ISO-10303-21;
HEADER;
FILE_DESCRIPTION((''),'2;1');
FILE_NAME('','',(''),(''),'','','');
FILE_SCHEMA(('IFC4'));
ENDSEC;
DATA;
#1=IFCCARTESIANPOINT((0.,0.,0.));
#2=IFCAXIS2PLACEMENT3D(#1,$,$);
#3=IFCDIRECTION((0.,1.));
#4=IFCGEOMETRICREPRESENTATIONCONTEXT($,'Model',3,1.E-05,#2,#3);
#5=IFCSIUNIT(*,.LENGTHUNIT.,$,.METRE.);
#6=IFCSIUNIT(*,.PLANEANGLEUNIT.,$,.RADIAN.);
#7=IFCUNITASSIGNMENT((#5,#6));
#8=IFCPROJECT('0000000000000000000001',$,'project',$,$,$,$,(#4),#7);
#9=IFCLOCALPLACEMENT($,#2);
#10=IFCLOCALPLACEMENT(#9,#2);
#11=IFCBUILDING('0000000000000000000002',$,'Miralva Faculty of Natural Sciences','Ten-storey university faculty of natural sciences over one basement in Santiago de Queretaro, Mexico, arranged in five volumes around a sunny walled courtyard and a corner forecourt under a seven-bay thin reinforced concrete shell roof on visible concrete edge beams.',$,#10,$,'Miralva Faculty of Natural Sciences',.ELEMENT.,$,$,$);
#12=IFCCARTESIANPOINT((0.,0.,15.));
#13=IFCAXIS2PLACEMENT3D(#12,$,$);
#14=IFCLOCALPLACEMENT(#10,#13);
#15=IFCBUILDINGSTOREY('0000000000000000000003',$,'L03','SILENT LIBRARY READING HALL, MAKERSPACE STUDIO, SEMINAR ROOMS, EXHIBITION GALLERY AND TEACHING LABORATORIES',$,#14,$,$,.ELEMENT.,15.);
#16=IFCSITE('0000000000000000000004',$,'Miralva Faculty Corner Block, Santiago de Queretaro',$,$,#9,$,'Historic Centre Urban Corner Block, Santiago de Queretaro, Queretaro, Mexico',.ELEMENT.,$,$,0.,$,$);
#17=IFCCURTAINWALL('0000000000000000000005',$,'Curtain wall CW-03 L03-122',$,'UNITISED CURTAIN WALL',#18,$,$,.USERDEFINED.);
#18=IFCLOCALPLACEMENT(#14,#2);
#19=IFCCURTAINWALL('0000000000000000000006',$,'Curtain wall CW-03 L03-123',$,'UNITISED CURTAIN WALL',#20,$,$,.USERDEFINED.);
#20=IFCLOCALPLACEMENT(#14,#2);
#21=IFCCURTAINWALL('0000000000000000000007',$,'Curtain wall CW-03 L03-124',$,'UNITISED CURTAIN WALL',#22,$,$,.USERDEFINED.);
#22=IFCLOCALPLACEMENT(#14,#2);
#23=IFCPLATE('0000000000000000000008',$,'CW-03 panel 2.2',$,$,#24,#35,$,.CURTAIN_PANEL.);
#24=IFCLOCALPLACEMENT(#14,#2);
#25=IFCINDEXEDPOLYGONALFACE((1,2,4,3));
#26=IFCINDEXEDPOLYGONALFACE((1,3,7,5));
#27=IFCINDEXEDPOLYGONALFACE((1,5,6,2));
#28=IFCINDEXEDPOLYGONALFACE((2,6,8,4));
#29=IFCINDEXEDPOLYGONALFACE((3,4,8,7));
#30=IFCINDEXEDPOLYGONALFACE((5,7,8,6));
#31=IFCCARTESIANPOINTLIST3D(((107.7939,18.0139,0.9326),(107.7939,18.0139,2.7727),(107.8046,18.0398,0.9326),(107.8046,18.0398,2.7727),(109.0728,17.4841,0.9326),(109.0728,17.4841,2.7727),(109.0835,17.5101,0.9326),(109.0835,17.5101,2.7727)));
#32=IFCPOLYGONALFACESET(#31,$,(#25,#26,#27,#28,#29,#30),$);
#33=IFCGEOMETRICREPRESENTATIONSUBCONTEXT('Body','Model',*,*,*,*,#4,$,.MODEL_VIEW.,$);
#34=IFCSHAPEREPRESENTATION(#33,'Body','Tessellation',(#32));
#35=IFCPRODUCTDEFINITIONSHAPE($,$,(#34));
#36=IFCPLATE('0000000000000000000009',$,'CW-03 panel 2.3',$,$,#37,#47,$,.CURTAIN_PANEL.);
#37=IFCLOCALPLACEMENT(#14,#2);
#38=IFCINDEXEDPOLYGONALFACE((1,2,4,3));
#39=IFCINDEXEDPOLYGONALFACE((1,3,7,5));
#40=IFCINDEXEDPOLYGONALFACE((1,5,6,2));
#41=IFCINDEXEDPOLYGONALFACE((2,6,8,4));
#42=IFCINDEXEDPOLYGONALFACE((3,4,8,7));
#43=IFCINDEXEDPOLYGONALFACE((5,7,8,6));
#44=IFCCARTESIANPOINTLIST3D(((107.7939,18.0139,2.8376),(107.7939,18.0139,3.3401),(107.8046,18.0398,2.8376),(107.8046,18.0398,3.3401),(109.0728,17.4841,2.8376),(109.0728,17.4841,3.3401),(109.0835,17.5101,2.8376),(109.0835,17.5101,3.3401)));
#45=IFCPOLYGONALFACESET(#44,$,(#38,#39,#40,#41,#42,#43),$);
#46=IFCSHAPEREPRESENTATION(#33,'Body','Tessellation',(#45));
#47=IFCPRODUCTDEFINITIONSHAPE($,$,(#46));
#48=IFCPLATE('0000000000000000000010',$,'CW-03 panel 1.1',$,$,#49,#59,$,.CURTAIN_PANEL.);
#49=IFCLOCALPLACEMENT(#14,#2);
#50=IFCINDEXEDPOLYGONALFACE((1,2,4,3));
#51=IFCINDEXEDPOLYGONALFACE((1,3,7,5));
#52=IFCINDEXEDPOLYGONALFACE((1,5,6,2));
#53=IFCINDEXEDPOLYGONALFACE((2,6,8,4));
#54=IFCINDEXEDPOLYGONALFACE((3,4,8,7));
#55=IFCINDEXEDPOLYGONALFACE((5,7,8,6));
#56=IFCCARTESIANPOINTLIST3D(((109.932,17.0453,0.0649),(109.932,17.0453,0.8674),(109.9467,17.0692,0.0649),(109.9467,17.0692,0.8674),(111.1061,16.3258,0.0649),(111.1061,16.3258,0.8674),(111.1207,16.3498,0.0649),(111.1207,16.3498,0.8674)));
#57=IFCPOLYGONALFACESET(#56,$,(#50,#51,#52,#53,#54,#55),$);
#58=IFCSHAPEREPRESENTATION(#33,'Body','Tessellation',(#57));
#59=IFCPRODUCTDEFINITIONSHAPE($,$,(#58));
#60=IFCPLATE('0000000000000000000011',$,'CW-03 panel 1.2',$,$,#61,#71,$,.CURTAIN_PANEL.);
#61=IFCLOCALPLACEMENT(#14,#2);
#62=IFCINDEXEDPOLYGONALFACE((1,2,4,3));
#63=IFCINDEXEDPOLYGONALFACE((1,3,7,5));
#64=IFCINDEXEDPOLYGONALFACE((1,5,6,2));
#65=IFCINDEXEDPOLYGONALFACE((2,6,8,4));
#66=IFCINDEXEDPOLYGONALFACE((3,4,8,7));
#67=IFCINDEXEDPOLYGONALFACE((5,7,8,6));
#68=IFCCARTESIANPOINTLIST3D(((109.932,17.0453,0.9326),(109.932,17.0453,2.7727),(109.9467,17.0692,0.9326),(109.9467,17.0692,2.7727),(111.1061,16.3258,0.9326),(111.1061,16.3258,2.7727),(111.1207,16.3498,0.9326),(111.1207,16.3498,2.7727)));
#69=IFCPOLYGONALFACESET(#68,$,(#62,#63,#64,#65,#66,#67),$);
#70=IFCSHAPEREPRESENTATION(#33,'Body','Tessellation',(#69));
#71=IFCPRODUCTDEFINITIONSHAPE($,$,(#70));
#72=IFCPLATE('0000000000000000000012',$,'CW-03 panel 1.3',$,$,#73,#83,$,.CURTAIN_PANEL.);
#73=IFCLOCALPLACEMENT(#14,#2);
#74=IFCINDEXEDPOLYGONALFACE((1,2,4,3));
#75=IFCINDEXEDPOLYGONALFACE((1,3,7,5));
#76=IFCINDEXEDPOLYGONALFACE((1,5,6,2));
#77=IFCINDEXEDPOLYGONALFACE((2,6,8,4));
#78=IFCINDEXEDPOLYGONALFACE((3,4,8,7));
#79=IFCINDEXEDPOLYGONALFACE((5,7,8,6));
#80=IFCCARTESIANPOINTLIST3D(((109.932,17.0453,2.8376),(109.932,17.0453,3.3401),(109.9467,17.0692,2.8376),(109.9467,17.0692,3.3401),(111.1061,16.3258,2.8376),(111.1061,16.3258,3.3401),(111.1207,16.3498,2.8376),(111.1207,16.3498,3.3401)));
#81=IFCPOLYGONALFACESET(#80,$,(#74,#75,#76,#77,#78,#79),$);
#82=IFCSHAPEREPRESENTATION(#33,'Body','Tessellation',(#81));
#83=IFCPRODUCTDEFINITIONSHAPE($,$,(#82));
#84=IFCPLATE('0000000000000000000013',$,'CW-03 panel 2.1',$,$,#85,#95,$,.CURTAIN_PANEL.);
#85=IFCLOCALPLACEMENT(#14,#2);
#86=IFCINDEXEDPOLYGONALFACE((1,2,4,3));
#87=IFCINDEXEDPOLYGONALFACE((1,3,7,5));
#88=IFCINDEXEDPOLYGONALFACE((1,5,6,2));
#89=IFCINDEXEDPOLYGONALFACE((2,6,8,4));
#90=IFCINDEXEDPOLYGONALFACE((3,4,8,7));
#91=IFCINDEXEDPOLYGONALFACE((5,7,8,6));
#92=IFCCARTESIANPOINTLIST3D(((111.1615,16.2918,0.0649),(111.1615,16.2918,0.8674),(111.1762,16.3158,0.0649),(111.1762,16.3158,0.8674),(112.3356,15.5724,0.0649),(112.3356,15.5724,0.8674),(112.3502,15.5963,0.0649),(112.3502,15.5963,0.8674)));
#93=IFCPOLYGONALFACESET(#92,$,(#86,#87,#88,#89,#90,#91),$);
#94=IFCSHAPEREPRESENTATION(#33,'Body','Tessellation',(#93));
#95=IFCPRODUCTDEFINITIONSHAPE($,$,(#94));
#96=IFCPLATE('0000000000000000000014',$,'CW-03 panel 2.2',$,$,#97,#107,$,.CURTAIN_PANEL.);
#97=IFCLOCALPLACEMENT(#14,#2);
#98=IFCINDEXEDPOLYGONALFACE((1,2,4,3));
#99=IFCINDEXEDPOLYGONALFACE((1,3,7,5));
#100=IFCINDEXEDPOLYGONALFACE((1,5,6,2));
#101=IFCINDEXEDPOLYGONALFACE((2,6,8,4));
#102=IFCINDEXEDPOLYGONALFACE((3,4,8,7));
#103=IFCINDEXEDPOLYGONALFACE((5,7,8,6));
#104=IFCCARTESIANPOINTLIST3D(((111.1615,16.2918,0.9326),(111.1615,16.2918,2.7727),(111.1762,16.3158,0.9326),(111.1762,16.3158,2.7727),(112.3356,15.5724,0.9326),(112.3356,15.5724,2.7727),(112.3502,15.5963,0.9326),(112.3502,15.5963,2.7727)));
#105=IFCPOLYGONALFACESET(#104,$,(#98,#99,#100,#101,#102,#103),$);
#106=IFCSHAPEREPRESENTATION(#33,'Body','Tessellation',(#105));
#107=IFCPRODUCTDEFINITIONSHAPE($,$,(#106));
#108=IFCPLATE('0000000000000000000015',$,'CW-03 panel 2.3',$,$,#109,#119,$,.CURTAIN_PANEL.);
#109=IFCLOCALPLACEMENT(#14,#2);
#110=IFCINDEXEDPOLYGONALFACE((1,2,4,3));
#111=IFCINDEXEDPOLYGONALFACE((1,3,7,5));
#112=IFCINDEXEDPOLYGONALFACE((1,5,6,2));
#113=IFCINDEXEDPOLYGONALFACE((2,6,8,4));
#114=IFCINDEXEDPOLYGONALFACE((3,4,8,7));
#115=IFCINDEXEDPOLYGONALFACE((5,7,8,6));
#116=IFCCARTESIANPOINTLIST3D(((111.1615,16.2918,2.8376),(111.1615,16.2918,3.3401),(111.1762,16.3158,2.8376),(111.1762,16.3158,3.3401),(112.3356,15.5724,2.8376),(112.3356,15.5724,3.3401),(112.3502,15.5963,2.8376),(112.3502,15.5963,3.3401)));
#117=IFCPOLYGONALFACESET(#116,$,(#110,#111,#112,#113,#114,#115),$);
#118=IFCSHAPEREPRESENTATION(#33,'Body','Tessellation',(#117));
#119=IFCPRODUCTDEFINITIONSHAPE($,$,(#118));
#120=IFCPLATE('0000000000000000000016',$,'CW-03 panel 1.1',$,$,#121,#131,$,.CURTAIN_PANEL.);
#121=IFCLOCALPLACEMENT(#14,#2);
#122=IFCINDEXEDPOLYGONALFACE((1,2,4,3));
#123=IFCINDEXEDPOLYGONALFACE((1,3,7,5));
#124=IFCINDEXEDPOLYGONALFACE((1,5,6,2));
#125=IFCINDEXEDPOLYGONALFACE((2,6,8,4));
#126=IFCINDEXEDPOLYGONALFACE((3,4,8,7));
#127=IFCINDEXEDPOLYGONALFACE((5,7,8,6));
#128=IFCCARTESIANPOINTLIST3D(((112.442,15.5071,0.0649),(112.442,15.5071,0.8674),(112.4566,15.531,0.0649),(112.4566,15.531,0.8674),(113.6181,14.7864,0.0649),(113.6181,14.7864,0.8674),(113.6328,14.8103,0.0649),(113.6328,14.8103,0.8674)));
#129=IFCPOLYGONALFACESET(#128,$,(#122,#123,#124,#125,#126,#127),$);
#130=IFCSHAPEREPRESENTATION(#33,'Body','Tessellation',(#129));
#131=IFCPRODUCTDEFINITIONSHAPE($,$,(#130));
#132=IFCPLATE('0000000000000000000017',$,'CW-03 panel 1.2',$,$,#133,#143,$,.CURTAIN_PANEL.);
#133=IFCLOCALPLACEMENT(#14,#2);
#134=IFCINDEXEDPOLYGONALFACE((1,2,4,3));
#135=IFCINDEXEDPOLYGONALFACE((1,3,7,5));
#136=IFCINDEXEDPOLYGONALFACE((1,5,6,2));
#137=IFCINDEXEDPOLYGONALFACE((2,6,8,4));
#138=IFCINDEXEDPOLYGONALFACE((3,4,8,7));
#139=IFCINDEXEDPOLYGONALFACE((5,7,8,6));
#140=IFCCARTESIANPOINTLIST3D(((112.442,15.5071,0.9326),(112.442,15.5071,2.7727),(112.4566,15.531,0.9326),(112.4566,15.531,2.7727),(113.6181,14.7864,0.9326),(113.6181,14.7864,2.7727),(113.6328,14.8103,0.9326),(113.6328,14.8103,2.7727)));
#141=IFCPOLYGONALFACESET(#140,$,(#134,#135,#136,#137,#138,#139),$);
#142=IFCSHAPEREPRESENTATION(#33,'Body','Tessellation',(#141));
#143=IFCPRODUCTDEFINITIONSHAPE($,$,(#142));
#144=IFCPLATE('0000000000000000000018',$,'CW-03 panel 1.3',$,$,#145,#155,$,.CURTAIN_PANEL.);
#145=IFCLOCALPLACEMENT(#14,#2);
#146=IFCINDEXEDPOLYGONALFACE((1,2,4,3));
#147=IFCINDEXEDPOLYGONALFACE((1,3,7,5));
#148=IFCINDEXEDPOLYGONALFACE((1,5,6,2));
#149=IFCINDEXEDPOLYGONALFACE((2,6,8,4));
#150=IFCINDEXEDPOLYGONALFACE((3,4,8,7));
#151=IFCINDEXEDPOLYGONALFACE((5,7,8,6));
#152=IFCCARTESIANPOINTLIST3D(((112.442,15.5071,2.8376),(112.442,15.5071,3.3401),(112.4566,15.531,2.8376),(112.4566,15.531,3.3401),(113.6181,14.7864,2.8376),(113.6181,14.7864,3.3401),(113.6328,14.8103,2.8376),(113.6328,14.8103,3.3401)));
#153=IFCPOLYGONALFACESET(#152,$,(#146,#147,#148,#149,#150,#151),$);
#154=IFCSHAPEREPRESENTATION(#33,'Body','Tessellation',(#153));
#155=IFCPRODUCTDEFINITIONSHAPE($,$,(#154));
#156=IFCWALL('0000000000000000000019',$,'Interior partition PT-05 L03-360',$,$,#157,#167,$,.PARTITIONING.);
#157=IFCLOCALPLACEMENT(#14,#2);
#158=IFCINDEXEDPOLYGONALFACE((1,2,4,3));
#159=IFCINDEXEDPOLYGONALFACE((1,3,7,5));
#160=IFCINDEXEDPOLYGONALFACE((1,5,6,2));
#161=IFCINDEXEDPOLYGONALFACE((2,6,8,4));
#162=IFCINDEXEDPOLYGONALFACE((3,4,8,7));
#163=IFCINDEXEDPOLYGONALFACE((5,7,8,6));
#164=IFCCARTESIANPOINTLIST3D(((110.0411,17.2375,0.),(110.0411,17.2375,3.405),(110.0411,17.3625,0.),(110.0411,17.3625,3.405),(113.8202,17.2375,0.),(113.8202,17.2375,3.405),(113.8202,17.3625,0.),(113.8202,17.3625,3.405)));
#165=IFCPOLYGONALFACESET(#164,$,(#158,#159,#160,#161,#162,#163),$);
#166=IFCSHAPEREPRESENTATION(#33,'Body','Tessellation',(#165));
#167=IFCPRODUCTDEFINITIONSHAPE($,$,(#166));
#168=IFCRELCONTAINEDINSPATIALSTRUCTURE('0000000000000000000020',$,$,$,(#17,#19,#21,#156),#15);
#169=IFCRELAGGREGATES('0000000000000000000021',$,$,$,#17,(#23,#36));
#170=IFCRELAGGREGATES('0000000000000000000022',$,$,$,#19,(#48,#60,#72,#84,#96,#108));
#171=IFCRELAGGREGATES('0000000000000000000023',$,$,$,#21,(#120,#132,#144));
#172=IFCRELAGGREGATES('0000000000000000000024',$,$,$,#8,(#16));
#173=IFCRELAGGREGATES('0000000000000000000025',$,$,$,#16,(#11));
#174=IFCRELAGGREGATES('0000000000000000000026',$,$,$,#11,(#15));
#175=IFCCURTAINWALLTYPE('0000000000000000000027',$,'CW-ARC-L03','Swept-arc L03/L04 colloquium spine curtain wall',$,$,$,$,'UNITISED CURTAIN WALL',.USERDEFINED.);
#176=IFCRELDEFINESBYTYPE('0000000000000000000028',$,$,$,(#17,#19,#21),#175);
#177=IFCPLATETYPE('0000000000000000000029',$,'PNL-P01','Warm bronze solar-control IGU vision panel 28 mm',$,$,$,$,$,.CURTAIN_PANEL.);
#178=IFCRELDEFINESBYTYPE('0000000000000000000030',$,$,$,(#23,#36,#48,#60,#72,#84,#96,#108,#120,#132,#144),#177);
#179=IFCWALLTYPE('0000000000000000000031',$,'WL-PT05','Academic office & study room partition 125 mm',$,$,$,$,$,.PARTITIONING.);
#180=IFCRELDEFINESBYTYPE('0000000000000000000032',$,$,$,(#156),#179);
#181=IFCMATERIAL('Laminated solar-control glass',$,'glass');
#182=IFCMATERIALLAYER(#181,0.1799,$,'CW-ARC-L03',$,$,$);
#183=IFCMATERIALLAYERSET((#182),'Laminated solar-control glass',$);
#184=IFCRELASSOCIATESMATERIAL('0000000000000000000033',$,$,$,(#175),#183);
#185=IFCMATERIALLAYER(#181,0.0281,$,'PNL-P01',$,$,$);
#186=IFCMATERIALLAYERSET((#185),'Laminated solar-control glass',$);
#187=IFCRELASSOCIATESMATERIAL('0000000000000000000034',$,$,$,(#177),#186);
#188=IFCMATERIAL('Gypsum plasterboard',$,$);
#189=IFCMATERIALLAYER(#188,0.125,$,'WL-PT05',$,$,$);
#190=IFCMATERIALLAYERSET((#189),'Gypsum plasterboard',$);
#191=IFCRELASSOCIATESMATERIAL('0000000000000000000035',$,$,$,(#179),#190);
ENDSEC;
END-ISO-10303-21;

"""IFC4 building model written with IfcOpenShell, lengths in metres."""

from ifc_helpers import new_model, si_unit, direction, frame, frame_2d, origin, origin_2d, place, context, subcontext, project, spatial, rectangle, extrude, material, layer, layer_set, type_object, element, aggregate, save


model = new_model("IFC4")

# Units and contexts
model_context = context("Model", 3, precision=1e-05, world=origin(), true_north=direction((0.0, 1.0)))
body_context = subcontext(model_context, "Body", "Model", "MODEL_VIEW")
ifc_project = project(units=[si_unit("LENGTHUNIT", "METRE"), si_unit("PLANEANGLEUNIT", "RADIAN")], contexts=[model_context])

# Site, building, storey
site_placement = place(None, origin())
site = spatial("IfcSite", under=ifc_project, at=site_placement, Name="Miralva Faculty Corner Block, Santiago de Queretaro", LongName="Historic Centre Urban Corner Block, Santiago de Queretaro, Queretaro, Mexico", CompositionType="ELEMENT", RefElevation=0.0)
building_placement = place(site_placement, origin())
building = spatial("IfcBuilding", under=site, at=building_placement, Name="Miralva Faculty of Natural Sciences", Description="Ten-storey university faculty of natural sciences over one basement in Santiago de Queretaro, Mexico, arranged in five volumes around a sunny walled courtyard and a corner forecourt under a seven-bay thin reinforced concrete shell roof on visible concrete edge beams.", LongName="Miralva Faculty of Natural Sciences", CompositionType="ELEMENT")
storey_placement = place(building_placement, frame((0.0, 0.0, 15.0)))
storey = spatial("IfcBuildingStorey", under=building, at=storey_placement, Name="L03", Description="SILENT LIBRARY READING HALL, MAKERSPACE STUDIO, SEMINAR ROOMS, EXHIBITION GALLERY AND TEACHING LABORATORIES", CompositionType="ELEMENT", Elevation=15.0)

# Curtain wall
ifc_material_1 = material(Name="Laminated solar-control glass", Category="glass")
ifc_layer_1 = layer(ifc_material_1, 0.1799, Name="CW-ARC-L03")
ifc_layer_set_1 = layer_set([ifc_layer_1], Name="Laminated solar-control glass")
curtain_wall_type = type_object("IfcCurtainWallType", Name="CW-ARC-L03", Description="Swept-arc L03/L04 colloquium spine curtain wall", ElementType="UNITISED CURTAIN WALL", PredefinedType="USERDEFINED", material=ifc_layer_set_1)
curtain_wall_1_placement = place(storey_placement, origin())
curtain_wall_1 = element("IfcCurtainWall", 1, at=curtain_wall_1_placement, inside=storey, type_object=curtain_wall_type, Name="Curtain wall CW-03 L03-122", ObjectType="UNITISED CURTAIN WALL", PredefinedType="USERDEFINED")

# Curtain walls
curtain_wall_2_placement = place(storey_placement, origin())
curtain_wall_2 = element("IfcCurtainWall", 2, at=curtain_wall_2_placement, inside=storey, type_object=curtain_wall_type, Name="Curtain wall CW-03 L03-123", ObjectType="UNITISED CURTAIN WALL", PredefinedType="USERDEFINED")
curtain_wall_3_placement = place(storey_placement, origin())
curtain_wall_3 = element("IfcCurtainWall", 3, at=curtain_wall_3_placement, inside=storey, type_object=curtain_wall_type, Name="Curtain wall CW-03 L03-124", ObjectType="UNITISED CURTAIN WALL", PredefinedType="USERDEFINED")

# Plates
ifc_layer_2 = layer(ifc_material_1, 0.0281, Name="PNL-P01")
ifc_layer_set_2 = layer_set([ifc_layer_2], Name="Laminated solar-control glass")
plate_type = type_object("IfcPlateType", Name="PNL-P01", Description="Warm bronze solar-control IGU vision panel 28 mm", PredefinedType="CURTAIN_PANEL", material=ifc_layer_set_2)
plate_1_placement = place(storey_placement, frame((108.4387, 17.762, 0.9326), z_axis=(0.0, 0.0, 1.0), x_axis=(0.923875, -0.382695, 0.0)))
plate_1 = element("IfcPlate", 4, at=plate_1_placement, type_object=plate_type, Name="CW-03 panel 2.2", PredefinedType="CURTAIN_PANEL", context=body_context, shape_type="SweptSolid", body=[
    extrude(rectangle(XDim=1.3843, YDim=0.0281, at=origin_2d()), origin(), (0.0, 0.0, 1.0), 1.8401),
])
plate_2_placement = place(storey_placement, frame((108.4387, 17.762, 2.8376), z_axis=(0.0, 0.0, 1.0), x_axis=(0.923875, -0.382695, 0.0)))
plate_2 = element("IfcPlate", 5, at=plate_2_placement, type_object=plate_type, Name="CW-03 panel 2.3", PredefinedType="CURTAIN_PANEL", context=body_context, shape_type="SweptSolid", body=[
    extrude(rectangle(XDim=1.3843, YDim=0.0281, at=origin_2d()), origin(), (0.0, 0.0, 1.0), 0.5024),
])
aggregate(curtain_wall_1, [plate_1, plate_2])
plate_3_placement = place(storey_placement, frame((110.5264, 16.6975, 0.0649), z_axis=(0.0, 0.0, 1.0), x_axis=(0.85265, -0.522483, 0.0)))
plate_3 = element("IfcPlate", 6, at=plate_3_placement, type_object=plate_type, Name="CW-03 panel 1.1", PredefinedType="CURTAIN_PANEL", context=body_context, shape_type="SweptSolid", body=[
    extrude(rectangle(XDim=1.377, YDim=0.0281, at=origin_2d()), origin(), (0.0, 0.0, 1.0), 0.8025),
])
plate_4_placement = place(storey_placement, frame((110.5264, 16.6975, 0.9326), z_axis=(0.0, 0.0, 1.0), x_axis=(0.85265, -0.522483, 0.0)))
plate_4 = element("IfcPlate", 7, at=plate_4_placement, type_object=plate_type, Name="CW-03 panel 1.2", PredefinedType="CURTAIN_PANEL", context=body_context, shape_type="SweptSolid", body=[
    extrude(rectangle(XDim=1.377, YDim=0.0281, at=origin_2d()), origin(), (0.0, 0.0, 1.0), 1.8401),
])
plate_5_placement = place(storey_placement, frame((110.5264, 16.6975, 2.8376), z_axis=(0.0, 0.0, 1.0), x_axis=(0.85265, -0.522483, 0.0)))
plate_5 = element("IfcPlate", 8, at=plate_5_placement, type_object=plate_type, Name="CW-03 panel 1.3", PredefinedType="CURTAIN_PANEL", context=body_context, shape_type="SweptSolid", body=[
    extrude(rectangle(XDim=1.377, YDim=0.0281, at=origin_2d()), origin(), (0.0, 0.0, 1.0), 0.5024),
])
plate_6_placement = place(storey_placement, frame((111.7559, 15.9441, 0.0649), z_axis=(0.0, 0.0, 1.0), x_axis=(0.85265, -0.522483, 0.0)))
plate_6 = element("IfcPlate", 9, at=plate_6_placement, type_object=plate_type, Name="CW-03 panel 2.1", PredefinedType="CURTAIN_PANEL", context=body_context, shape_type="SweptSolid", body=[
    extrude(rectangle(XDim=1.377, YDim=0.0281, at=origin_2d()), origin(), (0.0, 0.0, 1.0), 0.8025),
])
plate_7_placement = place(storey_placement, frame((111.7559, 15.9441, 0.9326), z_axis=(0.0, 0.0, 1.0), x_axis=(0.85265, -0.522483, 0.0)))
plate_7 = element("IfcPlate", 10, at=plate_7_placement, type_object=plate_type, Name="CW-03 panel 2.2", PredefinedType="CURTAIN_PANEL", context=body_context, shape_type="SweptSolid", body=[
    extrude(rectangle(XDim=1.377, YDim=0.0281, at=origin_2d()), origin(), (0.0, 0.0, 1.0), 1.8401),
])
plate_8_placement = place(storey_placement, frame((111.7559, 15.9441, 2.8376), z_axis=(0.0, 0.0, 1.0), x_axis=(0.85265, -0.522483, 0.0)))
plate_8 = element("IfcPlate", 11, at=plate_8_placement, type_object=plate_type, Name="CW-03 panel 2.3", PredefinedType="CURTAIN_PANEL", context=body_context, shape_type="SweptSolid", body=[
    extrude(rectangle(XDim=1.377, YDim=0.0281, at=origin_2d()), origin(), (0.0, 0.0, 1.0), 0.5024),
])
aggregate(curtain_wall_2, [plate_3, plate_4, plate_5, plate_6, plate_7, plate_8])
plate_9_placement = place(storey_placement, frame((113.0374, 15.1587, 0.0649), z_axis=(0.0, 0.0, 1.0), x_axis=(0.852646, -0.522489, 0.0)))
plate_9 = element("IfcPlate", 12, at=plate_9_placement, type_object=plate_type, Name="CW-03 panel 1.1", PredefinedType="CURTAIN_PANEL", context=body_context, shape_type="SweptSolid", body=[
    extrude(rectangle(XDim=1.3794, YDim=0.0281, at=origin_2d()), origin(), (0.0, 0.0, 1.0), 0.8025),
])
plate_10_placement = place(storey_placement, frame((113.0374, 15.1587, 0.9326), z_axis=(0.0, 0.0, 1.0), x_axis=(0.852646, -0.522489, 0.0)))
plate_10 = element("IfcPlate", 13, at=plate_10_placement, type_object=plate_type, Name="CW-03 panel 1.2", PredefinedType="CURTAIN_PANEL", context=body_context, shape_type="SweptSolid", body=[
    extrude(rectangle(XDim=1.3794, YDim=0.0281, at=origin_2d()), origin(), (0.0, 0.0, 1.0), 1.8401),
])
plate_11_placement = place(storey_placement, frame((113.0374, 15.1587, 2.8376), z_axis=(0.0, 0.0, 1.0), x_axis=(0.852646, -0.522489, 0.0)))
plate_11 = element("IfcPlate", 14, at=plate_11_placement, type_object=plate_type, Name="CW-03 panel 1.3", PredefinedType="CURTAIN_PANEL", context=body_context, shape_type="SweptSolid", body=[
    extrude(rectangle(XDim=1.3794, YDim=0.0281, at=origin_2d()), origin(), (0.0, 0.0, 1.0), 0.5024),
])
aggregate(curtain_wall_3, [plate_9, plate_10, plate_11])

# Wall
ifc_material_2 = material(Name="Gypsum plasterboard")
ifc_layer_3 = layer(ifc_material_2, 0.125, Name="WL-PT05")
ifc_layer_set_3 = layer_set([ifc_layer_3], Name="Gypsum plasterboard")
wall_type = type_object("IfcWallType", Name="WL-PT05", Description="Academic office & study room partition 125 mm", PredefinedType="PARTITIONING", material=ifc_layer_set_3)
wall_placement = place(storey_placement, frame((110.041, 17.3, 0.0), z_axis=(0.0, 0.0, 1.0), x_axis=(1.0, 0.0, 0.0)))
element("IfcWall", 15, at=wall_placement, inside=storey, type_object=wall_type, Name="Interior partition PT-05 L03-360", PredefinedType="PARTITIONING", context=body_context, shape_type="SweptSolid", body=[
    extrude(rectangle(XDim=3.7791, YDim=0.125, at=frame_2d((1.8896, 0.0))), origin(), (0.0, 0.0, 1.0), 3.405),
])

save(model, "model.ifc")
